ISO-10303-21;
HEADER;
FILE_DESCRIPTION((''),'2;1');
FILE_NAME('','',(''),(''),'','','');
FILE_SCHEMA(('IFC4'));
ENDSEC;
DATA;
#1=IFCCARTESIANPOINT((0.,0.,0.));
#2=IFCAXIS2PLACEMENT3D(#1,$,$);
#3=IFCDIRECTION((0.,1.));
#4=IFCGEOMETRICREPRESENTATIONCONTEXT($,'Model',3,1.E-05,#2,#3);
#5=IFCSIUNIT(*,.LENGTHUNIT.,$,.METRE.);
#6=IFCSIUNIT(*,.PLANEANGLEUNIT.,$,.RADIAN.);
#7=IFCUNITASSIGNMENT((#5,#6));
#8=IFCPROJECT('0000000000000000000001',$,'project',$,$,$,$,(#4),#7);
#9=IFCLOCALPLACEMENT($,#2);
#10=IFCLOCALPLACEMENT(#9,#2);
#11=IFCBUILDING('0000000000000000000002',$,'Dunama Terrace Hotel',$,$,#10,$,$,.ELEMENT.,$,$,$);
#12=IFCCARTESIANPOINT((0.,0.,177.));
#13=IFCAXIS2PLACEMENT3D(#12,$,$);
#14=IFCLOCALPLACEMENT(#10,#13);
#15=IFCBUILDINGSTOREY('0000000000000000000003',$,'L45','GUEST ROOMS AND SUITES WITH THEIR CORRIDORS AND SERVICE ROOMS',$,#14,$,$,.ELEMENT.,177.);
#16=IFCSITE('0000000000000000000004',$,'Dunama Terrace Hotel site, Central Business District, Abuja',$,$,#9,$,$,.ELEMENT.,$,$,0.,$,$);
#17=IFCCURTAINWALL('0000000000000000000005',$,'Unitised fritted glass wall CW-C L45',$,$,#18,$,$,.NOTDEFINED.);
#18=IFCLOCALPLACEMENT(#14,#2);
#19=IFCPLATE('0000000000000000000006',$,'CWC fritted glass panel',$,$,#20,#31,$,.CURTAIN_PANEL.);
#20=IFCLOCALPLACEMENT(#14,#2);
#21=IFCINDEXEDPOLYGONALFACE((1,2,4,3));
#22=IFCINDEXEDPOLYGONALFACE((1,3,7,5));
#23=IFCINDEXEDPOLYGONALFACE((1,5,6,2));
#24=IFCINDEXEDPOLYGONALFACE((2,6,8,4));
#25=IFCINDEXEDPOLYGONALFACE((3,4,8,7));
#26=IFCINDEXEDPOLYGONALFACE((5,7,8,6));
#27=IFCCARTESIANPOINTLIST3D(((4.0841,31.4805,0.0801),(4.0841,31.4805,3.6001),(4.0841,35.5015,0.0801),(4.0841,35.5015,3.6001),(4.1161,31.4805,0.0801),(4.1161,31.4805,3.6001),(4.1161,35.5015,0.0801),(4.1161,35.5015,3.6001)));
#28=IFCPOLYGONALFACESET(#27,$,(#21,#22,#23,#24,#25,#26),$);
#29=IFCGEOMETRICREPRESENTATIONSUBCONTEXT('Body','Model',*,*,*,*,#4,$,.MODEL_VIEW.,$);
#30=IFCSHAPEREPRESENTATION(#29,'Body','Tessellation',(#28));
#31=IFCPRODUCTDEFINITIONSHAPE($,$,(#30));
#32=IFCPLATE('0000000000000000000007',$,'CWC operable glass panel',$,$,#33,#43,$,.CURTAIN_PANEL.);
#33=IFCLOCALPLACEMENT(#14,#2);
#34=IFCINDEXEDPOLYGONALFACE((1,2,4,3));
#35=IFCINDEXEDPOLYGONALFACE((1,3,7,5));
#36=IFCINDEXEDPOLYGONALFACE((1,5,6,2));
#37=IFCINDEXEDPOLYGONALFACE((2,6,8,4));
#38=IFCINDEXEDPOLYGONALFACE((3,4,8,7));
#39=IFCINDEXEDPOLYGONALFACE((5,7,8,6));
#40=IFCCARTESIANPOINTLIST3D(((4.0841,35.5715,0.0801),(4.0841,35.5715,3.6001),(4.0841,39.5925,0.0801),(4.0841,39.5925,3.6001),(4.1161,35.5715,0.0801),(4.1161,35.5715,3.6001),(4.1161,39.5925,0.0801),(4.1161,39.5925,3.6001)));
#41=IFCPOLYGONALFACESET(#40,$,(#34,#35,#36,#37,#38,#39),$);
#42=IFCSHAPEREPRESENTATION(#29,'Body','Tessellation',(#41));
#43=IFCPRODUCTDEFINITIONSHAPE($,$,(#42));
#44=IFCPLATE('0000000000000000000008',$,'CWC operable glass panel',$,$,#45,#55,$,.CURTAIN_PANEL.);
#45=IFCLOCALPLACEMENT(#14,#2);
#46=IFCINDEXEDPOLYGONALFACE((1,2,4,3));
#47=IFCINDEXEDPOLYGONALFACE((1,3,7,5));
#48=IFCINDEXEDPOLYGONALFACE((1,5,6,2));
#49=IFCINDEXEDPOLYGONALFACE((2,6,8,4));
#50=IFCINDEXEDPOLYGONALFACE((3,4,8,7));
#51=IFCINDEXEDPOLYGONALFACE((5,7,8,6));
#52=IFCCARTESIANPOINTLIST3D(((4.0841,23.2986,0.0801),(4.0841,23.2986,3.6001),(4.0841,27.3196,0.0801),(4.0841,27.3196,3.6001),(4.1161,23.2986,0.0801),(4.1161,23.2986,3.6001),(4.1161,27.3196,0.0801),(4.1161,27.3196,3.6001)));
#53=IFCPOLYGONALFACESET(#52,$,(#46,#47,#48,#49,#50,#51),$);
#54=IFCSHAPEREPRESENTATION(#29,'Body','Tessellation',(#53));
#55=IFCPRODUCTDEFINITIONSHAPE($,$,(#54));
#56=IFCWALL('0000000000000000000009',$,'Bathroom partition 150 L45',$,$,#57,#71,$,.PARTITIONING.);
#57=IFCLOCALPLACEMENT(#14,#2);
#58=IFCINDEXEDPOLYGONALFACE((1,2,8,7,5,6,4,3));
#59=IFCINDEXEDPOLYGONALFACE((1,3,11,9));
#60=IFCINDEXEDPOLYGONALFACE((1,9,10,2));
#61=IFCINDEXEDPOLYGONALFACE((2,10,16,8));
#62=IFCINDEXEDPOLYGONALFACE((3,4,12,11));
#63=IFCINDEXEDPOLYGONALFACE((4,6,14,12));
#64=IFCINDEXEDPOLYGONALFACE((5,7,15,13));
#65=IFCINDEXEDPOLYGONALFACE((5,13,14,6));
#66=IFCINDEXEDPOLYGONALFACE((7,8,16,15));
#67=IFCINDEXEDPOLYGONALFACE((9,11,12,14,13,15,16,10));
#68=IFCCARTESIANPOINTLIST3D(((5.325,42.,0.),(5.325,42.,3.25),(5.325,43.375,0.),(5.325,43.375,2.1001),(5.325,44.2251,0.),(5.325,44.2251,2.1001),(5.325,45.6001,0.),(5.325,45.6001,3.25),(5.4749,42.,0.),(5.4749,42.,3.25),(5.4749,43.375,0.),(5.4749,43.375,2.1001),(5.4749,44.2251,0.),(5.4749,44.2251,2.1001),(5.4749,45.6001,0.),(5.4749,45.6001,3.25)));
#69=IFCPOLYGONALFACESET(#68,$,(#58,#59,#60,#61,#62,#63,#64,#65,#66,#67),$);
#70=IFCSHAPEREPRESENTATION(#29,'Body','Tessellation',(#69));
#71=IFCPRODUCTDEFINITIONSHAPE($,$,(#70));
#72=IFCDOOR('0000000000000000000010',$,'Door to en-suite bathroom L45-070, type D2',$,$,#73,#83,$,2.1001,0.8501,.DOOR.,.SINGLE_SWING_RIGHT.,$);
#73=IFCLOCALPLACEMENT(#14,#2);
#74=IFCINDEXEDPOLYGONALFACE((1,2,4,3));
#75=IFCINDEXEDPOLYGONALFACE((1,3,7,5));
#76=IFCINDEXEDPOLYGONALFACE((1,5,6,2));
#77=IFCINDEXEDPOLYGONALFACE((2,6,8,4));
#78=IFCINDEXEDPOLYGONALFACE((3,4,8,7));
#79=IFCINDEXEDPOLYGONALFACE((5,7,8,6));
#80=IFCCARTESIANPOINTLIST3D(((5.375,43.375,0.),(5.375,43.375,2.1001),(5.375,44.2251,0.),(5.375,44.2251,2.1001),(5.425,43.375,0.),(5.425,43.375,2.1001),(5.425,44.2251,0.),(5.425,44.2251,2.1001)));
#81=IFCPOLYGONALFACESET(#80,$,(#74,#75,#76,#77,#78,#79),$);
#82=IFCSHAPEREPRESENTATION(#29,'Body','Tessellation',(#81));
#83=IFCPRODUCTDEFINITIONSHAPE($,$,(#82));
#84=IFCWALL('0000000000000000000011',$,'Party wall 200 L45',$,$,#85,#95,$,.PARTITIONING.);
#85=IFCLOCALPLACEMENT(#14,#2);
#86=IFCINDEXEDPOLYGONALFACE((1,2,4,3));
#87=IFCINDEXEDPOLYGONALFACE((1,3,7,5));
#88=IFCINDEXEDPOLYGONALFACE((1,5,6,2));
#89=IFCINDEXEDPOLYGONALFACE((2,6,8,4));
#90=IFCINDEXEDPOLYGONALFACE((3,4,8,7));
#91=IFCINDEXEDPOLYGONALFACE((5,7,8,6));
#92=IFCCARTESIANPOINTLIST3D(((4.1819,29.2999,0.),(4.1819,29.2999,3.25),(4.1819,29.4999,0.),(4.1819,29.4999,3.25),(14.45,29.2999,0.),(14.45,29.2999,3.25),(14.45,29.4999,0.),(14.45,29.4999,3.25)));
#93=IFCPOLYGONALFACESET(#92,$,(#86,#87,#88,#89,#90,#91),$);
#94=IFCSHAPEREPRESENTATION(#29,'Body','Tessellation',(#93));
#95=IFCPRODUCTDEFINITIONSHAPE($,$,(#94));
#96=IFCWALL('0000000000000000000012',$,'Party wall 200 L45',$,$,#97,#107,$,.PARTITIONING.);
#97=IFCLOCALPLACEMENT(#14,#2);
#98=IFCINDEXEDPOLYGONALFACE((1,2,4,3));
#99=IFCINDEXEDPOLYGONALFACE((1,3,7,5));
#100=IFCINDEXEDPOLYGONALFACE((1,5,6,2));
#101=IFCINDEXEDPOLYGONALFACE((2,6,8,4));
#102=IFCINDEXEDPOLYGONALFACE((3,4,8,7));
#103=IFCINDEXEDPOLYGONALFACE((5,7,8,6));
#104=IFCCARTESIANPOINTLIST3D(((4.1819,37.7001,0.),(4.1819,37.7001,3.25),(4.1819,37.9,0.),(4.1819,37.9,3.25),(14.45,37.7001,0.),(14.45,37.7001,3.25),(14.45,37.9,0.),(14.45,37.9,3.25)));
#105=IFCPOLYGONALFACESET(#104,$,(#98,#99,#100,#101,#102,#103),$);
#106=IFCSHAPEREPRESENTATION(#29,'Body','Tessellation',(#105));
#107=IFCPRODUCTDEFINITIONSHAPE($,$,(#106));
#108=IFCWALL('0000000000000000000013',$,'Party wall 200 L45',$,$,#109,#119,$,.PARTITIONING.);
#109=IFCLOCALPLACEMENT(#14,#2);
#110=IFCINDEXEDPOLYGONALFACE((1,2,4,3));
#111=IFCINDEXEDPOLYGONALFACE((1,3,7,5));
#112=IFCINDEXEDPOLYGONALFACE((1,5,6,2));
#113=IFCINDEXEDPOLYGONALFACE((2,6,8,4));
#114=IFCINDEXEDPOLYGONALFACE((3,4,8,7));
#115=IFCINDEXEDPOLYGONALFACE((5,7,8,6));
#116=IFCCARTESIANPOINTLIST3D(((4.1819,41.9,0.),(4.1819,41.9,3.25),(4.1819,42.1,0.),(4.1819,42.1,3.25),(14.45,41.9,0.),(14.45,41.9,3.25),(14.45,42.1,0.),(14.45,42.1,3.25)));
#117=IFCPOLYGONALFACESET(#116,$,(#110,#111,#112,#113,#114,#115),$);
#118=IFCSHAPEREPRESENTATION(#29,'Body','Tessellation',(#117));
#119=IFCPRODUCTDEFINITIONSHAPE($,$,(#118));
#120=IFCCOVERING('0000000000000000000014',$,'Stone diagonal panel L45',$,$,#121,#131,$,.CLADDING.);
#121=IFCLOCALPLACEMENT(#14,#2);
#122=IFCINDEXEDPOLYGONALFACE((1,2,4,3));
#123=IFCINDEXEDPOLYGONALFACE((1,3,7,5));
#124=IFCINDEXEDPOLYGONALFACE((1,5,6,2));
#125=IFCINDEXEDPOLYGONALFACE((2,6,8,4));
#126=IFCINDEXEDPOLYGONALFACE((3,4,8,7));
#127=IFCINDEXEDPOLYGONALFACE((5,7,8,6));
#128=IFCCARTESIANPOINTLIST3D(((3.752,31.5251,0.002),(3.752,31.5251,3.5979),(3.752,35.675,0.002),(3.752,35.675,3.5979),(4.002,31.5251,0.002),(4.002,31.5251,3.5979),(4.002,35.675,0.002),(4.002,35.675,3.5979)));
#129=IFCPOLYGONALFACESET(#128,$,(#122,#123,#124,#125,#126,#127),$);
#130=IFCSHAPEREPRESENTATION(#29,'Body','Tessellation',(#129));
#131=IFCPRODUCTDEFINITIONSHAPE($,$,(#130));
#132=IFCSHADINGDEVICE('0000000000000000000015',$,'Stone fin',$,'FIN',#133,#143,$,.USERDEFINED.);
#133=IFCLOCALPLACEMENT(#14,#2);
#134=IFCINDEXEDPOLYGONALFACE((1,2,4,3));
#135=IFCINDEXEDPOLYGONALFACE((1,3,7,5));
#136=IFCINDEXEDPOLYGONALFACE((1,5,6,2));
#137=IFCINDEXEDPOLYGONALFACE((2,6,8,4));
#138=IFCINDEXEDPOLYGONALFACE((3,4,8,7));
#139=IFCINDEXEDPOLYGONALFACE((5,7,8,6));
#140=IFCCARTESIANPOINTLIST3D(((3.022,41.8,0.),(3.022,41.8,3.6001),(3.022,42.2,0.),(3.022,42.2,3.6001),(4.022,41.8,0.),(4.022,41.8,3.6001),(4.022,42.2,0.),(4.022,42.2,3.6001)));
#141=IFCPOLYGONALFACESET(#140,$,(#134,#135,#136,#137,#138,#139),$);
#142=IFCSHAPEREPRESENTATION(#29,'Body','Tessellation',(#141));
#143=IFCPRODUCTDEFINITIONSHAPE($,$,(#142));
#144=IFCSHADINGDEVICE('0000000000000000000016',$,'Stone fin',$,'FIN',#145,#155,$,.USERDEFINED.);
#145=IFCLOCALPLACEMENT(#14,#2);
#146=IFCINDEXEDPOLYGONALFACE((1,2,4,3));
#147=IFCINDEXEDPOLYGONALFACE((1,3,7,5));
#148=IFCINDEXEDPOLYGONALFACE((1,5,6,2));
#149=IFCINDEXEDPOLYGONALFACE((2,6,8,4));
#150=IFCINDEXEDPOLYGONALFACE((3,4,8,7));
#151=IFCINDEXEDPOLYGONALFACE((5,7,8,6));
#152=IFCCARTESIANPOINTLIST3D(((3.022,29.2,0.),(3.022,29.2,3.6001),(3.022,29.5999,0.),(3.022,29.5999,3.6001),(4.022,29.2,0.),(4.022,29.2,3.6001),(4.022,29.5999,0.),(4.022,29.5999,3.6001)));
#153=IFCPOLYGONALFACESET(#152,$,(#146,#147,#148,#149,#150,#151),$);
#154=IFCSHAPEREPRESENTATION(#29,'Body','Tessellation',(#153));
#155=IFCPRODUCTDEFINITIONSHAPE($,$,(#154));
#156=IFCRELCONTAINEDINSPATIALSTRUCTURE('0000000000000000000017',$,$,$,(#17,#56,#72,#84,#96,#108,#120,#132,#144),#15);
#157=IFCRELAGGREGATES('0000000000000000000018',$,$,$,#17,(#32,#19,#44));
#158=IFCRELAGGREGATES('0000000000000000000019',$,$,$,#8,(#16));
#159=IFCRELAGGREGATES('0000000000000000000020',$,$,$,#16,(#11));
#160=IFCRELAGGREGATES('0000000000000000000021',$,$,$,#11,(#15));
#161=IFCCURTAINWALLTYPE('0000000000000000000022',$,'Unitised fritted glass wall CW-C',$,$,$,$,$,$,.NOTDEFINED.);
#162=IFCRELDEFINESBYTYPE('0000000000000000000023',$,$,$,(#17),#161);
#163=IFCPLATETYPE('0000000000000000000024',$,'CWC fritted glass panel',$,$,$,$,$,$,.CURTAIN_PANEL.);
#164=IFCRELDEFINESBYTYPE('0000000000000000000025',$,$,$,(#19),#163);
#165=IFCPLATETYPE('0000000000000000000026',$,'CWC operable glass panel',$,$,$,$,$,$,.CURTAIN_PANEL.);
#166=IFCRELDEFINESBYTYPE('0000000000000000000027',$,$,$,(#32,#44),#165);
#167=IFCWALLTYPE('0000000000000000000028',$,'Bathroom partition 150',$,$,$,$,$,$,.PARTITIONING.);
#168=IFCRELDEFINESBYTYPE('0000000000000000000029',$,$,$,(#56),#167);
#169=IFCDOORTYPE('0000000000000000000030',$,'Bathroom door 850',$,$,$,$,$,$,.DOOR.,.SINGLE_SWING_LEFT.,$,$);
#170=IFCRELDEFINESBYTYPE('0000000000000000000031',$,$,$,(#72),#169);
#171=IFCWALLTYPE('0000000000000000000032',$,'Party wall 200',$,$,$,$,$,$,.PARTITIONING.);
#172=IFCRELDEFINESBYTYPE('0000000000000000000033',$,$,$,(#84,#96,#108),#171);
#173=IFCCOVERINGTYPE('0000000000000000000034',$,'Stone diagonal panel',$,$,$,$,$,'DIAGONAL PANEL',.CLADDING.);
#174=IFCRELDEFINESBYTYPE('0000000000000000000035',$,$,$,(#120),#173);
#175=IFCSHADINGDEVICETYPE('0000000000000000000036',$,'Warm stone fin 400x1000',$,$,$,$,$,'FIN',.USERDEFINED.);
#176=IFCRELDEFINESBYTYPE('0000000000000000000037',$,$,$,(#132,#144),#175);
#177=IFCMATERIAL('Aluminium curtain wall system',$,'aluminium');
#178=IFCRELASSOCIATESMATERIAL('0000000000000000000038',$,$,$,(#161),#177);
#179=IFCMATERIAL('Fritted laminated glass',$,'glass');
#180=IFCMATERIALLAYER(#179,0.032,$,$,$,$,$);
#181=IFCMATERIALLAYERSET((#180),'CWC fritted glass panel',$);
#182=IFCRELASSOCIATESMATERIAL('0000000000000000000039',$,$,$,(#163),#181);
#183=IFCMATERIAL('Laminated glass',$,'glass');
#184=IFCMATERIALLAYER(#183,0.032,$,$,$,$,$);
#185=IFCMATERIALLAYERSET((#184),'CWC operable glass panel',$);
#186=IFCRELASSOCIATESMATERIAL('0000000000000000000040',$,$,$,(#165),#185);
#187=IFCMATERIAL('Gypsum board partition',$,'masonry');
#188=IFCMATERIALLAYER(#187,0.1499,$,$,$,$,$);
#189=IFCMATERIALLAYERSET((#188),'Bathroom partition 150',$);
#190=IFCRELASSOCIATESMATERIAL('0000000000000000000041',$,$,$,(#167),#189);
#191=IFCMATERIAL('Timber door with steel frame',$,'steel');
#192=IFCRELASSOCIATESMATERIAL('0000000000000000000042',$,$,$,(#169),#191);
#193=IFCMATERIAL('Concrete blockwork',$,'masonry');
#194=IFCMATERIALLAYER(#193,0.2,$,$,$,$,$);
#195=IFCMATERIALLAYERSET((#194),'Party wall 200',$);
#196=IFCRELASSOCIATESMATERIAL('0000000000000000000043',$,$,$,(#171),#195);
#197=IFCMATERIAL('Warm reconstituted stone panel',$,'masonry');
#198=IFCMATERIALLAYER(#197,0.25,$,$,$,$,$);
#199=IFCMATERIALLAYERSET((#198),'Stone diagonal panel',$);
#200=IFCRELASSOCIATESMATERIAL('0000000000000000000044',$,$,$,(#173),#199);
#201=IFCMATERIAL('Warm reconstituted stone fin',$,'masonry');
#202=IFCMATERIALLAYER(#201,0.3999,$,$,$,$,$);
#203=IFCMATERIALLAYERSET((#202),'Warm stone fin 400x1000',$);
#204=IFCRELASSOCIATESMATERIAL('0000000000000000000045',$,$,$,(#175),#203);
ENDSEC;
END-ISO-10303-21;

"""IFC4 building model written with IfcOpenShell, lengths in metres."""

from ifc_helpers import new_model, si_unit, direction, frame, frame_2d, origin, origin_2d, place, context, subcontext, project, spatial, rectangle, extrude, material, layer, layer_set, type_object, element, fill, aggregate, save


model = new_model("IFC4")

# Units and contexts
model_context = context("Model", 3, precision=1e-05, world=origin(), true_north=direction((0.0, 1.0)))
body_context = subcontext(model_context, "Body", "Model", "MODEL_VIEW")
ifc_project = project(units=[si_unit("LENGTHUNIT", "METRE"), si_unit("PLANEANGLEUNIT", "RADIAN")], contexts=[model_context])

# Site, building, storey
site_placement = place(None, origin())
site = spatial("IfcSite", under=ifc_project, at=site_placement, Name="Dunama Terrace Hotel site, Central Business District, Abuja", CompositionType="ELEMENT", RefElevation=0.0)
building_placement = place(site_placement, origin())
building = spatial("IfcBuilding", under=site, at=building_placement, Name="Dunama Terrace Hotel", CompositionType="ELEMENT")
storey_placement = place(building_placement, frame((0.0, 0.0, 177.0)))
storey = spatial("IfcBuildingStorey", under=building, at=storey_placement, Name="L45", Description="GUEST ROOMS AND SUITES WITH THEIR CORRIDORS AND SERVICE ROOMS", CompositionType="ELEMENT", Elevation=177.0)

# Curtain wall
ifc_material_1 = material(Name="Aluminium curtain wall system", Category="aluminium")
curtain_wall_type = type_object("IfcCurtainWallType", Name="Unitised fritted glass wall CW-C", PredefinedType="NOTDEFINED", material=ifc_material_1)
curtain_wall_placement = place(storey_placement, origin())
curtain_wall = element("IfcCurtainWall", 1, at=curtain_wall_placement, inside=storey, type_object=curtain_wall_type, Name="Unitised fritted glass wall CW-C L45", PredefinedType="NOTDEFINED")

# Plates
ifc_material_2 = material(Name="Fritted laminated glass", Category="glass")
ifc_layer_1 = layer(ifc_material_2, 0.032)
ifc_layer_set_1 = layer_set([ifc_layer_1], Name="CWC fritted glass panel")
plate_type_1 = type_object("IfcPlateType", Name="CWC fritted glass panel", PredefinedType="CURTAIN_PANEL", material=ifc_layer_set_1)
plate_1_placement = place(storey_placement, frame((4.1001, 33.491, 0.0801), z_axis=(0.0, 0.0, 1.0), x_axis=(0.0, -1.0, 0.0)))
plate_1 = element("IfcPlate", 2, at=plate_1_placement, type_object=plate_type_1, Name="CWC fritted glass panel", PredefinedType="CURTAIN_PANEL", context=body_context, shape_type="SweptSolid", body=[
    extrude(rectangle(XDim=4.021, YDim=0.032, at=origin_2d()), origin(), (0.0, 0.0, 1.0), 3.52),
])
ifc_material_3 = material(Name="Laminated glass", Category="glass")
ifc_layer_2 = layer(ifc_material_3, 0.032)
ifc_layer_set_2 = layer_set([ifc_layer_2], Name="CWC operable glass panel")
plate_type_2 = type_object("IfcPlateType", Name="CWC operable glass panel", PredefinedType="CURTAIN_PANEL", material=ifc_layer_set_2)
plate_2_placement = place(storey_placement, frame((4.1001, 37.582, 0.0801), z_axis=(0.0, 0.0, 1.0), x_axis=(0.0, -1.0, 0.0)))
plate_2 = element("IfcPlate", 3, at=plate_2_placement, type_object=plate_type_2, Name="CWC operable glass panel", PredefinedType="CURTAIN_PANEL", context=body_context, shape_type="SweptSolid", body=[
    extrude(rectangle(XDim=4.021, YDim=0.032, at=origin_2d()), origin(), (0.0, 0.0, 1.0), 3.52),
])
plate_3_placement = place(storey_placement, frame((4.1001, 25.3091, 0.0801), z_axis=(0.0, 0.0, 1.0), x_axis=(0.0, -1.0, 0.0)))
plate_3 = element("IfcPlate", 4, at=plate_3_placement, type_object=plate_type_2, Name="CWC operable glass panel", PredefinedType="CURTAIN_PANEL", context=body_context, shape_type="SweptSolid", body=[
    extrude(rectangle(XDim=4.021, YDim=0.032, at=origin_2d()), origin(), (0.0, 0.0, 1.0), 3.52),
])
aggregate(curtain_wall, [plate_2, plate_1, plate_3])

# Wall, opening, door
ifc_material_4 = material(Name="Gypsum board partition", Category="masonry")
ifc_layer_3 = layer(ifc_material_4, 0.1499)
ifc_layer_set_3 = layer_set([ifc_layer_3], Name="Bathroom partition 150")
wall_type_1 = type_object("IfcWallType", Name="Bathroom partition 150", PredefinedType="PARTITIONING", material=ifc_layer_set_3)
wall_placement = place(storey_placement, frame((5.3999, 42.0, 0.0), z_axis=(0.0, 0.0, 1.0), x_axis=(0.0, 1.0, 0.0)))
wall = element("IfcWall", 5, at=wall_placement, inside=storey, type_object=wall_type_1, Name="Bathroom partition 150 L45", PredefinedType="PARTITIONING", context=body_context, shape_type="SweptSolid", body=[
    extrude(rectangle(XDim=3.6001, YDim=0.1499, at=frame_2d((1.8, 0.0))), origin(), (0.0, 0.0, 1.0), 3.25),
])
opening_placement = place(wall_placement, frame((1.375, 0.0, 0.0)))
opening = element("IfcOpeningElement", 6, at=opening_placement, cuts=wall, PredefinedType="OPENING", context=body_context, shape_type="SweptSolid", body=[
    extrude(rectangle(XDim=0.8501, YDim=2.1001, at=frame_2d((0.425, 1.05))), frame((0.0, 0.085, 0.0), z_axis=(0.0, -1.0, 0.0), x_axis=(1.0, 0.0, 0.0)), (0.0, 0.0, 1.0), 0.1699),
])
ifc_material_5 = material(Name="Timber door with steel frame", Category="steel")
door_type = type_object("IfcDoorType", Name="Bathroom door 850", OperationType="SINGLE_SWING_LEFT", PredefinedType="DOOR", material=ifc_material_5)
door_placement = place(opening_placement, frame((0.8501, 0.0, 0.0), z_axis=(0.0, 0.0, 1.0), x_axis=(-1.0, 0.0, 0.0)))
door = element("IfcDoor", 7, at=door_placement, inside=storey, type_object=door_type, Name="Door to en-suite bathroom L45-070, type D2", OperationType="SINGLE_SWING_RIGHT", OverallHeight=2.1001, OverallWidth=0.8501, PredefinedType="DOOR", context=body_context, shape_type="SweptSolid", body=[
    extrude(rectangle(XDim=0.8501, YDim=2.1001, at=frame_2d((0.425, 1.05))), frame((0.0, 0.0251, 0.0), z_axis=(0.0, -1.0, 0.0), x_axis=(1.0, 0.0, 0.0)), (0.0, 0.0, 1.0), 0.05),
])
fill(opening, door)

# Walls
ifc_material_6 = material(Name="Concrete blockwork", Category="masonry")
ifc_layer_4 = layer(ifc_material_6, 0.2)
ifc_layer_set_4 = layer_set([ifc_layer_4], Name="Party wall 200")
wall_type_2 = type_object("IfcWallType", Name="Party wall 200", PredefinedType="PARTITIONING", material=ifc_layer_set_4)
for number, where, z_axis, x_axis, name in (
    (8, (4.1819, 29.3999, 0.0), (0.0, 0.0, 1.0), (1.0, 0.0, 0.0), "Party wall 200 L45"),
    (9, (4.1819, 37.8, 0.0), (0.0, 0.0, 1.0), (1.0, 0.0, 0.0), "Party wall 200 L45"),
    (10, (4.1819, 42.0, 0.0), (0.0, 0.0, 1.0), (1.0, 0.0, 0.0), "Party wall 200 L45"),
):
    element("IfcWall", number, at=place(storey_placement, frame(where, z_axis=z_axis, x_axis=x_axis)), inside=storey, type_object=wall_type_2, Name=name, PredefinedType="PARTITIONING", context=body_context, shape_type="SweptSolid", body=[
        extrude(rectangle(XDim=10.2681, YDim=0.2, at=frame_2d((5.134, 0.0))), origin(), (0.0, 0.0, 1.0), 3.25),
    ])

# Covering
ifc_material_7 = material(Name="Warm reconstituted stone panel", Category="masonry")
ifc_layer_5 = layer(ifc_material_7, 0.25)
ifc_layer_set_5 = layer_set([ifc_layer_5], Name="Stone diagonal panel")
covering_type = type_object("IfcCoveringType", Name="Stone diagonal panel", ElementType="DIAGONAL PANEL", PredefinedType="CLADDING", material=ifc_layer_set_5)
covering_placement = place(storey_placement, frame((3.877, 33.6001, 0.002), z_axis=(0.0, 0.0, 1.0), x_axis=(0.0, -1.0, 0.0)))
element("IfcCovering", 11, at=covering_placement, inside=storey, type_object=covering_type, Name="Stone diagonal panel L45", PredefinedType="CLADDING", context=body_context, shape_type="SweptSolid", body=[
    extrude(rectangle(XDim=4.1499, YDim=0.25, at=origin_2d()), origin(), (0.0, 0.0, 1.0), 3.5959),
])

# Shading devices
ifc_material_8 = material(Name="Warm reconstituted stone fin", Category="masonry")
ifc_layer_6 = layer(ifc_material_8, 0.3999)
ifc_layer_set_6 = layer_set([ifc_layer_6], Name="Warm stone fin 400x1000")
shading_device_type = type_object("IfcShadingDeviceType", Name="Warm stone fin 400x1000", ElementType="FIN", PredefinedType="USERDEFINED", material=ifc_layer_set_6)
for number, where, z_axis, x_axis, name in (
    (12, (3.522, 42.0, 0.0), (0.0, 0.0, 1.0), (0.0, -1.0, 0.0), "Stone fin"),
    (13, (3.522, 29.3999, 0.0), (0.0, 0.0, 1.0), (0.0, -1.0, 0.0), "Stone fin"),
):
    element("IfcShadingDevice", number, at=place(storey_placement, frame(where, z_axis=z_axis, x_axis=x_axis)), inside=storey, type_object=shading_device_type, Name=name, ObjectType="FIN", PredefinedType="USERDEFINED", context=body_context, shape_type="SweptSolid", body=[
        extrude(rectangle(XDim=0.3999, YDim=1.0, at=origin_2d()), origin(), (0.0, 0.0, 1.0), 3.6001),
    ])

save(model, "model.ifc")
